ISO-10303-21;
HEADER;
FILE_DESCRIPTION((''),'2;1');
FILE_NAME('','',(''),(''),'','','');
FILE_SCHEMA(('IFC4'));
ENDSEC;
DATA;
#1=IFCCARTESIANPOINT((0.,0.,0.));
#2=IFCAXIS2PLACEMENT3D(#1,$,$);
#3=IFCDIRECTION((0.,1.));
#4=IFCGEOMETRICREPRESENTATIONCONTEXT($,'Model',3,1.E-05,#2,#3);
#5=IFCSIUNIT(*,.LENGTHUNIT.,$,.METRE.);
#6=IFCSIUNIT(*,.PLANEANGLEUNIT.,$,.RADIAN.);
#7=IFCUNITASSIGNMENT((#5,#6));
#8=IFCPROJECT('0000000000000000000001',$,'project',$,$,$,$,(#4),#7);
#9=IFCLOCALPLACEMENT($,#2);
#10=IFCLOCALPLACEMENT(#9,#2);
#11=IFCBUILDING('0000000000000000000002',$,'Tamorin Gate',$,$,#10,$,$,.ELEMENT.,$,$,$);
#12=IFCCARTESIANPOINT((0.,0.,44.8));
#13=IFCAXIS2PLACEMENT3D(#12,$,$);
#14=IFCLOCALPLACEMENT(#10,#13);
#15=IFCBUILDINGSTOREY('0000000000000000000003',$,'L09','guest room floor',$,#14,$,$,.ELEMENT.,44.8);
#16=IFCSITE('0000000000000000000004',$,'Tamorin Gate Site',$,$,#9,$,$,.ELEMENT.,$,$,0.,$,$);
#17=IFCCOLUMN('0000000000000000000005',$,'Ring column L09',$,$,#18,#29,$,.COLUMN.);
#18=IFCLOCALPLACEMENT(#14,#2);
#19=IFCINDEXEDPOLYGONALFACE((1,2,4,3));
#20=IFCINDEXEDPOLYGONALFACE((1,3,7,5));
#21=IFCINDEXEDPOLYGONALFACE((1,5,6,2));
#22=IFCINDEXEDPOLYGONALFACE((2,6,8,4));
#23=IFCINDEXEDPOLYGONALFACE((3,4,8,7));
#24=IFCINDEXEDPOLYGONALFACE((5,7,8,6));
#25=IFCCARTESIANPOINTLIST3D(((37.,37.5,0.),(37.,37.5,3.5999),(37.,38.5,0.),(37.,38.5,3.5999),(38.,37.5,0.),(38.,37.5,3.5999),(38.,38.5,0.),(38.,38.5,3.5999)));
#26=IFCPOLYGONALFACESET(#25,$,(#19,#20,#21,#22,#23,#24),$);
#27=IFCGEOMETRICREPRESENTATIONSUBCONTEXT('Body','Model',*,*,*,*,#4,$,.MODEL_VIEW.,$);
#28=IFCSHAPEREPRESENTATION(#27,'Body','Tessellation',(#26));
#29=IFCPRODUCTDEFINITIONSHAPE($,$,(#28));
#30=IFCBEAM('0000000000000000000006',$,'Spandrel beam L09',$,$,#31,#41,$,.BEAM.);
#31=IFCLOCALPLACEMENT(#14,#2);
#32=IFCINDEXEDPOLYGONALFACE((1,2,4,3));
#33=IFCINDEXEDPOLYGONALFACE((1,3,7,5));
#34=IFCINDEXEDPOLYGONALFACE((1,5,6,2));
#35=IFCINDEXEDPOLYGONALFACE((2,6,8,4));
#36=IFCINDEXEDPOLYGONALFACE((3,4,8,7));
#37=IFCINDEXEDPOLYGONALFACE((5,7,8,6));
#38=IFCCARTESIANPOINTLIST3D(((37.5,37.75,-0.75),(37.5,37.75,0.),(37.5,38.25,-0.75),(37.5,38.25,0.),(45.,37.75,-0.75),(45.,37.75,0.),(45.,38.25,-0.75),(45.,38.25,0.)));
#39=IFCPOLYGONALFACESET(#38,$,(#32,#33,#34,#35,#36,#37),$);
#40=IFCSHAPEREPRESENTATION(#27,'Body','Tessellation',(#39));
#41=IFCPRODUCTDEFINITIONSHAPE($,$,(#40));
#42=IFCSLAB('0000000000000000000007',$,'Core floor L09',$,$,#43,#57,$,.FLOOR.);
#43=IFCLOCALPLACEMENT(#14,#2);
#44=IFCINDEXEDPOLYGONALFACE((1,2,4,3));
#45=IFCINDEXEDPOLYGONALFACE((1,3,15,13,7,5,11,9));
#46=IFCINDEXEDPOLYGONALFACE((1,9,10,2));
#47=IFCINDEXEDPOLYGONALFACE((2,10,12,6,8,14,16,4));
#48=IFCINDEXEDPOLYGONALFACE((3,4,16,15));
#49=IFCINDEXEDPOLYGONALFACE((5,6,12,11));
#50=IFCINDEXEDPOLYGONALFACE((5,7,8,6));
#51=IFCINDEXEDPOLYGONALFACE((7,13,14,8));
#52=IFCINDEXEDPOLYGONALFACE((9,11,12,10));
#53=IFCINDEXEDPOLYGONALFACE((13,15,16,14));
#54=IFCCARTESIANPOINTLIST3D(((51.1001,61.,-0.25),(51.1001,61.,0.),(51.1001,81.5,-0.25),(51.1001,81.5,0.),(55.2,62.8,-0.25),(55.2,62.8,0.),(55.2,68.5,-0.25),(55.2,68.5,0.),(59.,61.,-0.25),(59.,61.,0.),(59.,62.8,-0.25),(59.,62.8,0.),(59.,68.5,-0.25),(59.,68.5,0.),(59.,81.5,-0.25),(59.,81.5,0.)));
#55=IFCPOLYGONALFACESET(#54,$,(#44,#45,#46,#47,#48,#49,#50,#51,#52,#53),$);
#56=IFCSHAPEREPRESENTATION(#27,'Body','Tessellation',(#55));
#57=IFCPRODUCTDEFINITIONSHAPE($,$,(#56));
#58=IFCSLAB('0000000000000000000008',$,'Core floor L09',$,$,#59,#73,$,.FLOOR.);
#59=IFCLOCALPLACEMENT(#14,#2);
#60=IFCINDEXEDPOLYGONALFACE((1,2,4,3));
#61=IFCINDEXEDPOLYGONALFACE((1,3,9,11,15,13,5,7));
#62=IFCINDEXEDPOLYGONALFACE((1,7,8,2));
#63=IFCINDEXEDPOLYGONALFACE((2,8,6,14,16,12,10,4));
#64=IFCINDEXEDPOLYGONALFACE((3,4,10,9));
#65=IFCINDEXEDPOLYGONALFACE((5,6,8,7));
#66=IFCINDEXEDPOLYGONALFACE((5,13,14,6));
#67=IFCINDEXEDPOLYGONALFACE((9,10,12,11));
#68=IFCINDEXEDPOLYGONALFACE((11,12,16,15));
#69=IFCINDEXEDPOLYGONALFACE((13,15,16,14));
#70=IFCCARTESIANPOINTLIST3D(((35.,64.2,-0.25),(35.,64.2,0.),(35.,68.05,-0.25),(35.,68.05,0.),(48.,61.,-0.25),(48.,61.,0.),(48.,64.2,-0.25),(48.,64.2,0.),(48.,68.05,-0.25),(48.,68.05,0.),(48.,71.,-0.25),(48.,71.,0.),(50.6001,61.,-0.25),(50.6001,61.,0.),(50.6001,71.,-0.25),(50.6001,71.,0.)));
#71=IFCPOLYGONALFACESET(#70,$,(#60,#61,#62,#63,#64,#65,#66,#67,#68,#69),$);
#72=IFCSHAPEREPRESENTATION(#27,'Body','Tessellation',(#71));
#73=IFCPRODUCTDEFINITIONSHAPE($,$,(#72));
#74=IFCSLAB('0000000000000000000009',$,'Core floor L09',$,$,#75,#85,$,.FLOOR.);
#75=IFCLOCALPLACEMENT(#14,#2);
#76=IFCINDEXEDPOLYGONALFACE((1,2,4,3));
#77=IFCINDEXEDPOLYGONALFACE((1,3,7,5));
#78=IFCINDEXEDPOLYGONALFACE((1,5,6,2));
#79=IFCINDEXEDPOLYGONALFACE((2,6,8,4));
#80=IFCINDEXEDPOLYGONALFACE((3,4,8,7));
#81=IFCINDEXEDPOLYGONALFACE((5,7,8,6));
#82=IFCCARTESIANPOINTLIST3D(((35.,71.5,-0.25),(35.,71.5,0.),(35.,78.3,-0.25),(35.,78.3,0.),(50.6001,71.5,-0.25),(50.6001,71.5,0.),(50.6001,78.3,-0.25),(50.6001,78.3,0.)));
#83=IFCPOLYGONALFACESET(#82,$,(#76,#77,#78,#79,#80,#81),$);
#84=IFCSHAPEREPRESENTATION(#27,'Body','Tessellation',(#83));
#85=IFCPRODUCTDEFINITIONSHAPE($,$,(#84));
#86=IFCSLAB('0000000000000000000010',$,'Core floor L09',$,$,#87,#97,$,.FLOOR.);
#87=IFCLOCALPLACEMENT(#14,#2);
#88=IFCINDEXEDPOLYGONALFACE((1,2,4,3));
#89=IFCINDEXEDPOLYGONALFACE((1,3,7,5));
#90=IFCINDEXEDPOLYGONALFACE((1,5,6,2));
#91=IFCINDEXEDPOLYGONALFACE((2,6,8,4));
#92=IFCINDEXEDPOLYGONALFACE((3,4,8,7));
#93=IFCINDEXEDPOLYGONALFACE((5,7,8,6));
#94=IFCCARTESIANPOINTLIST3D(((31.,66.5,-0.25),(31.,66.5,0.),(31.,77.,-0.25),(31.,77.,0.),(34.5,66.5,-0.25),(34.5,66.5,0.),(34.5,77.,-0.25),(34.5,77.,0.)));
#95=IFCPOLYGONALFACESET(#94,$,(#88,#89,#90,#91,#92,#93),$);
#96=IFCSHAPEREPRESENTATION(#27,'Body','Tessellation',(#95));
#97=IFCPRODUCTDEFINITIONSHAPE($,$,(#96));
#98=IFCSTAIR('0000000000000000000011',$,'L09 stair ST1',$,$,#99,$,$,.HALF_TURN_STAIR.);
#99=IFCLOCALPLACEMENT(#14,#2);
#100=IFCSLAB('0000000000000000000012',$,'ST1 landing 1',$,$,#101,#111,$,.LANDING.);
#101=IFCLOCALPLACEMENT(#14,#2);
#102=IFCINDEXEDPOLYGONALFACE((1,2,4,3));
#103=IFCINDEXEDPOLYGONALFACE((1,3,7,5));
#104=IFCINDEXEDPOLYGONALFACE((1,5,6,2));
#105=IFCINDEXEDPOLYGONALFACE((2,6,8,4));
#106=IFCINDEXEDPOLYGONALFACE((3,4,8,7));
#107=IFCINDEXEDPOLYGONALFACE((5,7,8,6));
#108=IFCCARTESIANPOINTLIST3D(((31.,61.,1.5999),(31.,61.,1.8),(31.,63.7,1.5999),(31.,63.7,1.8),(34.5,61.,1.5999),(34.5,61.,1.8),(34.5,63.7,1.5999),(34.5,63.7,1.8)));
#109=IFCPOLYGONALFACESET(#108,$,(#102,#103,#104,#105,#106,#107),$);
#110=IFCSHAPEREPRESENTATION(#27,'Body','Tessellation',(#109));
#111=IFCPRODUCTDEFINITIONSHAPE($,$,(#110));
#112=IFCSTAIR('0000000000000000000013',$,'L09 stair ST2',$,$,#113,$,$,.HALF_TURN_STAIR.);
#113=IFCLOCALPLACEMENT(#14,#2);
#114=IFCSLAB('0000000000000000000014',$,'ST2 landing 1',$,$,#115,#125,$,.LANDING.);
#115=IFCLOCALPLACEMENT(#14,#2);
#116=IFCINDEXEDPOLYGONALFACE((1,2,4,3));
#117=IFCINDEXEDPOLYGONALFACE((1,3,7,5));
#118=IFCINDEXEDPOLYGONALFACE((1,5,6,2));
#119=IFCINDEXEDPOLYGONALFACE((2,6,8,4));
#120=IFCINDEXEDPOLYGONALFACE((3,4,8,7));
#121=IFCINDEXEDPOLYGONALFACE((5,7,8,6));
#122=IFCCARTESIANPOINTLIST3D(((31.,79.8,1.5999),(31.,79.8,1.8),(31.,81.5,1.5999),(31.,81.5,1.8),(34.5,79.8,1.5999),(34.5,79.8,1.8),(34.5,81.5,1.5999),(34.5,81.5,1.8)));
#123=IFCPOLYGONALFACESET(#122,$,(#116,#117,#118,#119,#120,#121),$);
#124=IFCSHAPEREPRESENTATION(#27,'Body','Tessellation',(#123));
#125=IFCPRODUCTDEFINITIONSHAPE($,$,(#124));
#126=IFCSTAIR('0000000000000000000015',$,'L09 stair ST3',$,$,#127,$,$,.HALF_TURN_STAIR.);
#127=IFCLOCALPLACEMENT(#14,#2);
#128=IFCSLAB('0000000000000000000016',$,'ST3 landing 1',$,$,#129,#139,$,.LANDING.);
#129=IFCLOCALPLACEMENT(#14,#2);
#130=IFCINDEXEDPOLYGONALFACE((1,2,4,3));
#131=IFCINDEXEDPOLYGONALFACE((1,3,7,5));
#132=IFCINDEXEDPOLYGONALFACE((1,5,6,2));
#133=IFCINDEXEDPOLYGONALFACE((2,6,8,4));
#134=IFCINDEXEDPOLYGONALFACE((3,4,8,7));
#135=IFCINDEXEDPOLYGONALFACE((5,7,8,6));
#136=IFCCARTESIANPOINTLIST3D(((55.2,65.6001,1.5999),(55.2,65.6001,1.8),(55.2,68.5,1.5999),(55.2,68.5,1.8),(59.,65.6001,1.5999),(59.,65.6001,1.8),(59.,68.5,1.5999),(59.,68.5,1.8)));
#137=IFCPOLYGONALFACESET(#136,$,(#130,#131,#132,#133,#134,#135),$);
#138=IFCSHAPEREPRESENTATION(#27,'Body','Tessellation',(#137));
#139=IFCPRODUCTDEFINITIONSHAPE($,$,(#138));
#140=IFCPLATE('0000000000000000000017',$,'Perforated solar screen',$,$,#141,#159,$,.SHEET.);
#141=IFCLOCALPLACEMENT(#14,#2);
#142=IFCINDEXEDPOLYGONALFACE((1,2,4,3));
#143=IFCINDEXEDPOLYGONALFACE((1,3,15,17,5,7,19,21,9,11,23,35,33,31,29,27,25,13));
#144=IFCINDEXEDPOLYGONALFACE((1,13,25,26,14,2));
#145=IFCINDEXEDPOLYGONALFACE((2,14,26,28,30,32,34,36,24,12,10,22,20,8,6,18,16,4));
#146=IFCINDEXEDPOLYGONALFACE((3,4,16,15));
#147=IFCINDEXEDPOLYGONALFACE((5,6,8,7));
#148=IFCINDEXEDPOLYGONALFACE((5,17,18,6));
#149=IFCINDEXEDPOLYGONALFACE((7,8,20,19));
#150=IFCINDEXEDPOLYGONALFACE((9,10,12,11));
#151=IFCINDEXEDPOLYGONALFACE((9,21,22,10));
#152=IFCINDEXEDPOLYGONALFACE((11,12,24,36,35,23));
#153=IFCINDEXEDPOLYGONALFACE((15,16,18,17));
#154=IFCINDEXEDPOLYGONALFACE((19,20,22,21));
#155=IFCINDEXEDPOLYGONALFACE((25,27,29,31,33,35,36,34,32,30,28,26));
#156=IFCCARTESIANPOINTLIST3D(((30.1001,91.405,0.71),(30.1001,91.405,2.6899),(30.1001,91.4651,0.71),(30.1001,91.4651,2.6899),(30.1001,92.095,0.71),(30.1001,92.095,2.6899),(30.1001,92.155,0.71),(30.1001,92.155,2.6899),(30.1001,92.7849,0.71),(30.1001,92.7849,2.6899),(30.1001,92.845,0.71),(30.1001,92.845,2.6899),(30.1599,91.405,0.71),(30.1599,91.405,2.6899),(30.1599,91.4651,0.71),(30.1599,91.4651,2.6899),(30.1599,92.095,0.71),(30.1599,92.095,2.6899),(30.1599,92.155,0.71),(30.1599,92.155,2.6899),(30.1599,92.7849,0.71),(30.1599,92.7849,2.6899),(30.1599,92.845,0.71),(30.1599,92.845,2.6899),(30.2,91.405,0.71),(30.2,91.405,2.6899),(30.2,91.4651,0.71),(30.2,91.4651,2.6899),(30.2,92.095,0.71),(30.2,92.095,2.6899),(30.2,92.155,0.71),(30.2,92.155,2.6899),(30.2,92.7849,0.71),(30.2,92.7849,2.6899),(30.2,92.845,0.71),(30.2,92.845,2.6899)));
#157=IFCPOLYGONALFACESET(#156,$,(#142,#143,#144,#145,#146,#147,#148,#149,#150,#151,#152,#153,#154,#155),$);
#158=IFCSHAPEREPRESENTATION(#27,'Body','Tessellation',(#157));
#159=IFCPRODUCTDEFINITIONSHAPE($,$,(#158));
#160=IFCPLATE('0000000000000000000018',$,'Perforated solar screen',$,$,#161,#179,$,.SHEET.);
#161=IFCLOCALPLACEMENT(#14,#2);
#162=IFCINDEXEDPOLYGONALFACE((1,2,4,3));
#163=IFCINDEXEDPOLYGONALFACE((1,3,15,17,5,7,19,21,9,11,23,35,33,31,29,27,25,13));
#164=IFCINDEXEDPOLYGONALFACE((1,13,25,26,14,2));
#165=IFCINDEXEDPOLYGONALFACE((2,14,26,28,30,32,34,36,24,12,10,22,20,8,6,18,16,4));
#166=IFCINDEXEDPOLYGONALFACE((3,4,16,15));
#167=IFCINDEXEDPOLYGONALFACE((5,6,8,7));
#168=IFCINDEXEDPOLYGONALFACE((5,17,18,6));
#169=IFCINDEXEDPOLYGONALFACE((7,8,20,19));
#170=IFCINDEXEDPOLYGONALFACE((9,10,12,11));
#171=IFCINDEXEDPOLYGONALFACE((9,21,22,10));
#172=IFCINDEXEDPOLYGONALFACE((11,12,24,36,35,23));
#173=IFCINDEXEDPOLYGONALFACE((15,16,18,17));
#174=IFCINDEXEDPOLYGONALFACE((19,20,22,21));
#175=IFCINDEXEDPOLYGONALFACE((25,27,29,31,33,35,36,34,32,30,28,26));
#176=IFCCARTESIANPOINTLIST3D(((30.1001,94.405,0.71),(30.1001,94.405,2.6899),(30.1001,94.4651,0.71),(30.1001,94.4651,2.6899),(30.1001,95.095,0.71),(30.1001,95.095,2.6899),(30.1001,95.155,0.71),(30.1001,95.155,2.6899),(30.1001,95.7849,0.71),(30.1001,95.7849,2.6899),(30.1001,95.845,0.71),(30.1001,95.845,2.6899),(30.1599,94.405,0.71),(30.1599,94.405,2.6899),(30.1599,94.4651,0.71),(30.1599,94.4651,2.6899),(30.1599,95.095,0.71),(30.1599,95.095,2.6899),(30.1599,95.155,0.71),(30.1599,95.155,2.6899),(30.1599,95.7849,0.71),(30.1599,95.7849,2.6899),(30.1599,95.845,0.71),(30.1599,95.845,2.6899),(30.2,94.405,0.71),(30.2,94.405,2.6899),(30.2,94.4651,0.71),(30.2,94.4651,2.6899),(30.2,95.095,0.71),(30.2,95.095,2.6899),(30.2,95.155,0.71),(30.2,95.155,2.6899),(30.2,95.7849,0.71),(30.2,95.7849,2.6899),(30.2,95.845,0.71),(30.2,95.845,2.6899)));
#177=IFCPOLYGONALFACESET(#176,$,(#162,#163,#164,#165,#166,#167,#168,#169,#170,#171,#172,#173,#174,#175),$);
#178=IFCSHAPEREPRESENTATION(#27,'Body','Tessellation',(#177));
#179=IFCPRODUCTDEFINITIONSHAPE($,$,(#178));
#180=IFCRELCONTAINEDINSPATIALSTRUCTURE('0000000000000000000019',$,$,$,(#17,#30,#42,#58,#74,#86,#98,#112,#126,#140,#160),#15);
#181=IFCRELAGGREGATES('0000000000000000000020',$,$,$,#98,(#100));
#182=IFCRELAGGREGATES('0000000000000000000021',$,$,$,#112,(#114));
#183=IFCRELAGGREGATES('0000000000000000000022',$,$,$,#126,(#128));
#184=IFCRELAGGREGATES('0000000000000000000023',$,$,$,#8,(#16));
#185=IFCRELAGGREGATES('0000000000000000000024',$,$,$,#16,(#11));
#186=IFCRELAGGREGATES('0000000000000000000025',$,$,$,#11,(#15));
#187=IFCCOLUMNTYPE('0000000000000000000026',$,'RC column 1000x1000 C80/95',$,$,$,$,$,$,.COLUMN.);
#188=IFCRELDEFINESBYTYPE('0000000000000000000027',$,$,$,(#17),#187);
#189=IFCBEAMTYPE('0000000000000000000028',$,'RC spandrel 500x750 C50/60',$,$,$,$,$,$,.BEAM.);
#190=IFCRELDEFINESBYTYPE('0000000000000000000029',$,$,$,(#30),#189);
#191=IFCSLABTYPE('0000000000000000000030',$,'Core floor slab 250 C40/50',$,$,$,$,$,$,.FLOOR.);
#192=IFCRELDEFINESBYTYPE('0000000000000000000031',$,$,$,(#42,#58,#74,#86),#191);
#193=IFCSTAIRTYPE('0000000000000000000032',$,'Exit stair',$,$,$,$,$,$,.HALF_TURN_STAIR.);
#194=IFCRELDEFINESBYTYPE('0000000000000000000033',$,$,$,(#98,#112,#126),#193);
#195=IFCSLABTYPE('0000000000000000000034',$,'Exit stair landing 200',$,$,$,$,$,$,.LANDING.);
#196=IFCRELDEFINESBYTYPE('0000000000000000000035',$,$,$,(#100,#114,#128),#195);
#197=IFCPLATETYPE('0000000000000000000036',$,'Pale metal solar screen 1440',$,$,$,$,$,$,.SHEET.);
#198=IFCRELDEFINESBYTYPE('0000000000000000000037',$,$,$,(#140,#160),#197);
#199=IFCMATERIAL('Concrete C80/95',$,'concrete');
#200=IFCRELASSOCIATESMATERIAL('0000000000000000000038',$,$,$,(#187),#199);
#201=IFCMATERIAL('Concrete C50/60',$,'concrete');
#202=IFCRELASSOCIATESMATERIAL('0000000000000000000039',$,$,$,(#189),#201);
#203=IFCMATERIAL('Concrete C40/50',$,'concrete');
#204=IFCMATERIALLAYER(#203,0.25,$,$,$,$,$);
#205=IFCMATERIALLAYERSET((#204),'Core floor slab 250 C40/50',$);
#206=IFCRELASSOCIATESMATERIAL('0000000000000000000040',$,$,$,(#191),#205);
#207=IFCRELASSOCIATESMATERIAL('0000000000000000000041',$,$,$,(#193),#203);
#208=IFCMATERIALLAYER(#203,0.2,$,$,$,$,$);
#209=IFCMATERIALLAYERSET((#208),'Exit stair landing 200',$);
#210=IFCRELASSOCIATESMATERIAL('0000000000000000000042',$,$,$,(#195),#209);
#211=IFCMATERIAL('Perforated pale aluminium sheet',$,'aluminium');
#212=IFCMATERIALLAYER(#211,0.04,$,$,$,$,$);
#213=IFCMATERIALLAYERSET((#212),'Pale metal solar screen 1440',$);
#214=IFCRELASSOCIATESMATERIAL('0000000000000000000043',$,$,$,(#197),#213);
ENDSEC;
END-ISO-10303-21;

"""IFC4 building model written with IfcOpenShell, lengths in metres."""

from ifc_helpers import new_model, si_unit, direction, frame, origin, origin_2d, place, context, subcontext, project, spatial, polyline, rectangle, outline, extrude, material, layer, layer_set, material_profile, profile_set, type_object, element, aggregate, save


model = new_model("IFC4")

# Units and contexts
model_context = context("Model", 3, precision=1e-05, world=origin(), true_north=direction((0.0, 1.0)))
body_context = subcontext(model_context, "Body", "Model", "MODEL_VIEW")
ifc_project = project(units=[si_unit("LENGTHUNIT", "METRE"), si_unit("PLANEANGLEUNIT", "RADIAN")], contexts=[model_context])

# Site, building, storey
site_placement = place(None, origin())
site = spatial("IfcSite", under=ifc_project, at=site_placement, Name="Tamorin Gate Site", CompositionType="ELEMENT", RefElevation=0.0)
building_placement = place(site_placement, origin())
building = spatial("IfcBuilding", under=site, at=building_placement, Name="Tamorin Gate", CompositionType="ELEMENT")
storey_placement = place(building_placement, frame((0.0, 0.0, 44.8)))
storey = spatial("IfcBuildingStorey", under=building, at=storey_placement, Name="L09", Description="guest room floor", CompositionType="ELEMENT", Elevation=44.8)

# Column
ifc_material_1 = material(Name="Concrete C80/95", Category="concrete")
ifc_material_profile_1 = material_profile(ifc_material_1, rectangle(XDim=1.0, YDim=1.0, at=origin_2d()), Name="RC 1000x1000")
ifc_profile_set_1 = profile_set([ifc_material_profile_1], Name="Concrete C80/95")
column_type = type_object("IfcColumnType", Name="RC column 1000x1000 C80/95", PredefinedType="COLUMN", material=ifc_profile_set_1)
column_placement = place(storey_placement, frame((37.5, 38.0, 0.0), z_axis=(0.0, 0.0, 1.0), x_axis=(1.0, 0.0, 0.0)))
element("IfcColumn", 1, at=column_placement, inside=storey, type_object=column_type, Name="Ring column L09", PredefinedType="COLUMN", context=body_context, shape_type="SweptSolid", body=[
    extrude(rectangle(XDim=1.0, YDim=1.0, at=origin_2d()), origin(), (0.0, 0.0, 1.0), 3.5999),
])

# Beam
ifc_material_2 = material(Name="Concrete C50/60", Category="concrete")
ifc_material_profile_2 = material_profile(ifc_material_2, rectangle(XDim=0.5, YDim=0.75, at=origin_2d()), Name="RC 500x750")
ifc_profile_set_2 = profile_set([ifc_material_profile_2], Name="Concrete C50/60")
beam_type = type_object("IfcBeamType", Name="RC spandrel 500x750 C50/60", PredefinedType="BEAM", material=ifc_profile_set_2)
beam_placement = place(storey_placement, frame((37.5, 38.0, -0.375), z_axis=(1.0, 0.0, 0.0), x_axis=(0.0, 1.0, 0.0)))
element("IfcBeam", 2, at=beam_placement, inside=storey, type_object=beam_type, Name="Spandrel beam L09", PredefinedType="BEAM", context=body_context, shape_type="SweptSolid", body=[
    extrude(rectangle(XDim=0.5, YDim=0.75, at=origin_2d()), origin(), (0.0, 0.0, 1.0), 7.5),
])

# Slabs
ifc_material_3 = material(Name="Concrete C40/50", Category="concrete")
ifc_layer_1 = layer(ifc_material_3, 0.25)
ifc_layer_set_1 = layer_set([ifc_layer_1], Name="Core floor slab 250 C40/50")
slab_type_1 = type_object("IfcSlabType", Name="Core floor slab 250 C40/50", PredefinedType="FLOOR", material=ifc_layer_set_1)
slab_1_placement = place(storey_placement, frame((0.0, 0.0, -0.25)))
element("IfcSlab", 3, at=slab_1_placement, inside=storey, type_object=slab_type_1, Name="Core floor L09", PredefinedType="FLOOR", context=body_context, shape_type="SweptSolid", body=[
    extrude(outline(polyline([(59.0, 62.8), (59.0, 61.0), (51.1001, 61.0), (51.1001, 81.5), (59.0, 81.5), (59.0, 68.5), (55.2, 68.5), (55.2, 62.8), (59.0, 62.8)])), origin(), (0.0, 0.0, 1.0), 0.25),
])
slab_2_placement = place(storey_placement, frame((0.0, 0.0, -0.25)))
element("IfcSlab", 4, at=slab_2_placement, inside=storey, type_object=slab_type_1, Name="Core floor L09", PredefinedType="FLOOR", context=body_context, shape_type="SweptSolid", body=[
    extrude(outline(polyline([(50.6001, 61.0), (48.0, 61.0), (48.0, 64.2), (35.0, 64.2), (35.0, 68.05), (48.0, 68.05), (48.0, 71.0), (50.6001, 71.0), (50.6001, 61.0)])), origin(), (0.0, 0.0, 1.0), 0.25),
])
slab_3_placement = place(storey_placement, frame((0.0, 0.0, -0.25)))
element("IfcSlab", 5, at=slab_3_placement, inside=storey, type_object=slab_type_1, Name="Core floor L09", PredefinedType="FLOOR", context=body_context, shape_type="SweptSolid", body=[
    extrude(outline(polyline([(50.6001, 71.5), (35.0, 71.5), (35.0, 78.3), (50.6001, 78.3), (50.6001, 71.5)])), origin(), (0.0, 0.0, 1.0), 0.25),
])
slab_4_placement = place(storey_placement, frame((0.0, 0.0, -0.25)))
element("IfcSlab", 6, at=slab_4_placement, inside=storey, type_object=slab_type_1, Name="Core floor L09", PredefinedType="FLOOR", context=body_context, shape_type="SweptSolid", body=[
    extrude(outline(polyline([(31.0, 66.5), (31.0, 77.0), (34.5, 77.0), (34.5, 66.5), (31.0, 66.5)])), origin(), (0.0, 0.0, 1.0), 0.25),
])

# Stairs, slabs
stair_type = type_object("IfcStairType", Name="Exit stair", PredefinedType="HALF_TURN_STAIR", material=ifc_material_3)
stair_1_placement = place(storey_placement, origin())
stair_1 = element("IfcStair", 7, at=stair_1_placement, inside=storey, type_object=stair_type, Name="L09 stair ST1", PredefinedType="HALF_TURN_STAIR")
ifc_layer_2 = layer(ifc_material_3, 0.2)
ifc_layer_set_2 = layer_set([ifc_layer_2], Name="Exit stair landing 200")
slab_type_2 = type_object("IfcSlabType", Name="Exit stair landing 200", PredefinedType="LANDING", material=ifc_layer_set_2)
slab_5_placement = place(storey_placement, frame((0.0, 0.0, 1.5999)))
slab_5 = element("IfcSlab", 8, at=slab_5_placement, type_object=slab_type_2, Name="ST1 landing 1", PredefinedType="LANDING", context=body_context, shape_type="SweptSolid", body=[
    extrude(outline(polyline([(31.0, 63.7), (31.0, 61.0), (34.5, 61.0), (34.5, 63.7), (31.0, 63.7)])), origin(), (0.0, 0.0, 1.0), 0.2002),
])
aggregate(stair_1, [slab_5])
stair_2_placement = place(storey_placement, origin())
stair_2 = element("IfcStair", 9, at=stair_2_placement, inside=storey, type_object=stair_type, Name="L09 stair ST2", PredefinedType="HALF_TURN_STAIR")
slab_6_placement = place(storey_placement, frame((0.0, 0.0, 1.5999)))
slab_6 = element("IfcSlab", 10, at=slab_6_placement, type_object=slab_type_2, Name="ST2 landing 1", PredefinedType="LANDING", context=body_context, shape_type="SweptSolid", body=[
    extrude(outline(polyline([(34.5, 79.8), (34.5, 81.5), (31.0, 81.5), (31.0, 79.8), (34.5, 79.8)])), origin(), (0.0, 0.0, 1.0), 0.2002),
])
aggregate(stair_2, [slab_6])
stair_3_placement = place(storey_placement, origin())
stair_3 = element("IfcStair", 11, at=stair_3_placement, inside=storey, type_object=stair_type, Name="L09 stair ST3", PredefinedType="HALF_TURN_STAIR")
slab_7_placement = place(storey_placement, frame((0.0, 0.0, 1.5999)))
slab_7 = element("IfcSlab", 12, at=slab_7_placement, type_object=slab_type_2, Name="ST3 landing 1", PredefinedType="LANDING", context=body_context, shape_type="SweptSolid", body=[
    extrude(outline(polyline([(59.0, 65.6001), (59.0, 68.5), (55.2, 68.5), (55.2, 65.6001), (59.0, 65.6001)])), origin(), (0.0, 0.0, 1.0), 0.2002),
])
aggregate(stair_3, [slab_7])

# Plates
ifc_material_4 = material(Name="Perforated pale aluminium sheet", Category="aluminium")
ifc_layer_3 = layer(ifc_material_4, 0.04)
ifc_layer_set_3 = layer_set([ifc_layer_3], Name="Pale metal solar screen 1440")
plate_type = type_object("IfcPlateType", Name="Pale metal solar screen 1440", PredefinedType="SHEET", material=ifc_layer_set_3)
plate_1_placement = place(storey_placement, frame((0.0, 0.0, 0.71)))
element("IfcPlate", 13, at=plate_1_placement, inside=storey, type_object=plate_type, Name="Perforated solar screen", PredefinedType="SHEET", context=body_context, shape_type="SweptSolid", body=[
    extrude(outline(polyline([(30.1599, 92.845), (30.2, 92.845), (30.2, 92.7849), (30.2, 92.155), (30.2, 92.095), (30.2, 91.4651), (30.2, 91.405), (30.1599, 91.405), (30.1001, 91.405), (30.1001, 91.4651), (30.1599, 91.4651), (30.1599, 92.095), (30.1001, 92.095), (30.1001, 92.155), (30.1599, 92.155), (30.1599, 92.7849), (30.1001, 92.7849), (30.1001, 92.845), (30.1599, 92.845)])), origin(), (0.0, 0.0, 1.0), 1.98),
])
plate_2_placement = place(storey_placement, frame((0.0, 0.0, 0.71)))
element("IfcPlate", 14, at=plate_2_placement, inside=storey, type_object=plate_type, Name="Perforated solar screen", PredefinedType="SHEET", context=body_context, shape_type="SweptSolid", body=[
    extrude(outline(polyline([(30.1599, 95.845), (30.2, 95.845), (30.2, 95.7849), (30.2, 95.155), (30.2, 95.095), (30.2, 94.4651), (30.2, 94.405), (30.2, 94.405), (30.1599, 94.405), (30.1599, 94.405), (30.1001, 94.405), (30.1001, 94.4651), (30.1599, 94.4651), (30.1599, 95.095), (30.1001, 95.095), (30.1001, 95.155), (30.1599, 95.155), (30.1599, 95.7849), (30.1001, 95.7849), (30.1001, 95.845), (30.1599, 95.845)])), origin(), (0.0, 0.0, 1.0), 1.98),
])

save(model, "model.ifc")
